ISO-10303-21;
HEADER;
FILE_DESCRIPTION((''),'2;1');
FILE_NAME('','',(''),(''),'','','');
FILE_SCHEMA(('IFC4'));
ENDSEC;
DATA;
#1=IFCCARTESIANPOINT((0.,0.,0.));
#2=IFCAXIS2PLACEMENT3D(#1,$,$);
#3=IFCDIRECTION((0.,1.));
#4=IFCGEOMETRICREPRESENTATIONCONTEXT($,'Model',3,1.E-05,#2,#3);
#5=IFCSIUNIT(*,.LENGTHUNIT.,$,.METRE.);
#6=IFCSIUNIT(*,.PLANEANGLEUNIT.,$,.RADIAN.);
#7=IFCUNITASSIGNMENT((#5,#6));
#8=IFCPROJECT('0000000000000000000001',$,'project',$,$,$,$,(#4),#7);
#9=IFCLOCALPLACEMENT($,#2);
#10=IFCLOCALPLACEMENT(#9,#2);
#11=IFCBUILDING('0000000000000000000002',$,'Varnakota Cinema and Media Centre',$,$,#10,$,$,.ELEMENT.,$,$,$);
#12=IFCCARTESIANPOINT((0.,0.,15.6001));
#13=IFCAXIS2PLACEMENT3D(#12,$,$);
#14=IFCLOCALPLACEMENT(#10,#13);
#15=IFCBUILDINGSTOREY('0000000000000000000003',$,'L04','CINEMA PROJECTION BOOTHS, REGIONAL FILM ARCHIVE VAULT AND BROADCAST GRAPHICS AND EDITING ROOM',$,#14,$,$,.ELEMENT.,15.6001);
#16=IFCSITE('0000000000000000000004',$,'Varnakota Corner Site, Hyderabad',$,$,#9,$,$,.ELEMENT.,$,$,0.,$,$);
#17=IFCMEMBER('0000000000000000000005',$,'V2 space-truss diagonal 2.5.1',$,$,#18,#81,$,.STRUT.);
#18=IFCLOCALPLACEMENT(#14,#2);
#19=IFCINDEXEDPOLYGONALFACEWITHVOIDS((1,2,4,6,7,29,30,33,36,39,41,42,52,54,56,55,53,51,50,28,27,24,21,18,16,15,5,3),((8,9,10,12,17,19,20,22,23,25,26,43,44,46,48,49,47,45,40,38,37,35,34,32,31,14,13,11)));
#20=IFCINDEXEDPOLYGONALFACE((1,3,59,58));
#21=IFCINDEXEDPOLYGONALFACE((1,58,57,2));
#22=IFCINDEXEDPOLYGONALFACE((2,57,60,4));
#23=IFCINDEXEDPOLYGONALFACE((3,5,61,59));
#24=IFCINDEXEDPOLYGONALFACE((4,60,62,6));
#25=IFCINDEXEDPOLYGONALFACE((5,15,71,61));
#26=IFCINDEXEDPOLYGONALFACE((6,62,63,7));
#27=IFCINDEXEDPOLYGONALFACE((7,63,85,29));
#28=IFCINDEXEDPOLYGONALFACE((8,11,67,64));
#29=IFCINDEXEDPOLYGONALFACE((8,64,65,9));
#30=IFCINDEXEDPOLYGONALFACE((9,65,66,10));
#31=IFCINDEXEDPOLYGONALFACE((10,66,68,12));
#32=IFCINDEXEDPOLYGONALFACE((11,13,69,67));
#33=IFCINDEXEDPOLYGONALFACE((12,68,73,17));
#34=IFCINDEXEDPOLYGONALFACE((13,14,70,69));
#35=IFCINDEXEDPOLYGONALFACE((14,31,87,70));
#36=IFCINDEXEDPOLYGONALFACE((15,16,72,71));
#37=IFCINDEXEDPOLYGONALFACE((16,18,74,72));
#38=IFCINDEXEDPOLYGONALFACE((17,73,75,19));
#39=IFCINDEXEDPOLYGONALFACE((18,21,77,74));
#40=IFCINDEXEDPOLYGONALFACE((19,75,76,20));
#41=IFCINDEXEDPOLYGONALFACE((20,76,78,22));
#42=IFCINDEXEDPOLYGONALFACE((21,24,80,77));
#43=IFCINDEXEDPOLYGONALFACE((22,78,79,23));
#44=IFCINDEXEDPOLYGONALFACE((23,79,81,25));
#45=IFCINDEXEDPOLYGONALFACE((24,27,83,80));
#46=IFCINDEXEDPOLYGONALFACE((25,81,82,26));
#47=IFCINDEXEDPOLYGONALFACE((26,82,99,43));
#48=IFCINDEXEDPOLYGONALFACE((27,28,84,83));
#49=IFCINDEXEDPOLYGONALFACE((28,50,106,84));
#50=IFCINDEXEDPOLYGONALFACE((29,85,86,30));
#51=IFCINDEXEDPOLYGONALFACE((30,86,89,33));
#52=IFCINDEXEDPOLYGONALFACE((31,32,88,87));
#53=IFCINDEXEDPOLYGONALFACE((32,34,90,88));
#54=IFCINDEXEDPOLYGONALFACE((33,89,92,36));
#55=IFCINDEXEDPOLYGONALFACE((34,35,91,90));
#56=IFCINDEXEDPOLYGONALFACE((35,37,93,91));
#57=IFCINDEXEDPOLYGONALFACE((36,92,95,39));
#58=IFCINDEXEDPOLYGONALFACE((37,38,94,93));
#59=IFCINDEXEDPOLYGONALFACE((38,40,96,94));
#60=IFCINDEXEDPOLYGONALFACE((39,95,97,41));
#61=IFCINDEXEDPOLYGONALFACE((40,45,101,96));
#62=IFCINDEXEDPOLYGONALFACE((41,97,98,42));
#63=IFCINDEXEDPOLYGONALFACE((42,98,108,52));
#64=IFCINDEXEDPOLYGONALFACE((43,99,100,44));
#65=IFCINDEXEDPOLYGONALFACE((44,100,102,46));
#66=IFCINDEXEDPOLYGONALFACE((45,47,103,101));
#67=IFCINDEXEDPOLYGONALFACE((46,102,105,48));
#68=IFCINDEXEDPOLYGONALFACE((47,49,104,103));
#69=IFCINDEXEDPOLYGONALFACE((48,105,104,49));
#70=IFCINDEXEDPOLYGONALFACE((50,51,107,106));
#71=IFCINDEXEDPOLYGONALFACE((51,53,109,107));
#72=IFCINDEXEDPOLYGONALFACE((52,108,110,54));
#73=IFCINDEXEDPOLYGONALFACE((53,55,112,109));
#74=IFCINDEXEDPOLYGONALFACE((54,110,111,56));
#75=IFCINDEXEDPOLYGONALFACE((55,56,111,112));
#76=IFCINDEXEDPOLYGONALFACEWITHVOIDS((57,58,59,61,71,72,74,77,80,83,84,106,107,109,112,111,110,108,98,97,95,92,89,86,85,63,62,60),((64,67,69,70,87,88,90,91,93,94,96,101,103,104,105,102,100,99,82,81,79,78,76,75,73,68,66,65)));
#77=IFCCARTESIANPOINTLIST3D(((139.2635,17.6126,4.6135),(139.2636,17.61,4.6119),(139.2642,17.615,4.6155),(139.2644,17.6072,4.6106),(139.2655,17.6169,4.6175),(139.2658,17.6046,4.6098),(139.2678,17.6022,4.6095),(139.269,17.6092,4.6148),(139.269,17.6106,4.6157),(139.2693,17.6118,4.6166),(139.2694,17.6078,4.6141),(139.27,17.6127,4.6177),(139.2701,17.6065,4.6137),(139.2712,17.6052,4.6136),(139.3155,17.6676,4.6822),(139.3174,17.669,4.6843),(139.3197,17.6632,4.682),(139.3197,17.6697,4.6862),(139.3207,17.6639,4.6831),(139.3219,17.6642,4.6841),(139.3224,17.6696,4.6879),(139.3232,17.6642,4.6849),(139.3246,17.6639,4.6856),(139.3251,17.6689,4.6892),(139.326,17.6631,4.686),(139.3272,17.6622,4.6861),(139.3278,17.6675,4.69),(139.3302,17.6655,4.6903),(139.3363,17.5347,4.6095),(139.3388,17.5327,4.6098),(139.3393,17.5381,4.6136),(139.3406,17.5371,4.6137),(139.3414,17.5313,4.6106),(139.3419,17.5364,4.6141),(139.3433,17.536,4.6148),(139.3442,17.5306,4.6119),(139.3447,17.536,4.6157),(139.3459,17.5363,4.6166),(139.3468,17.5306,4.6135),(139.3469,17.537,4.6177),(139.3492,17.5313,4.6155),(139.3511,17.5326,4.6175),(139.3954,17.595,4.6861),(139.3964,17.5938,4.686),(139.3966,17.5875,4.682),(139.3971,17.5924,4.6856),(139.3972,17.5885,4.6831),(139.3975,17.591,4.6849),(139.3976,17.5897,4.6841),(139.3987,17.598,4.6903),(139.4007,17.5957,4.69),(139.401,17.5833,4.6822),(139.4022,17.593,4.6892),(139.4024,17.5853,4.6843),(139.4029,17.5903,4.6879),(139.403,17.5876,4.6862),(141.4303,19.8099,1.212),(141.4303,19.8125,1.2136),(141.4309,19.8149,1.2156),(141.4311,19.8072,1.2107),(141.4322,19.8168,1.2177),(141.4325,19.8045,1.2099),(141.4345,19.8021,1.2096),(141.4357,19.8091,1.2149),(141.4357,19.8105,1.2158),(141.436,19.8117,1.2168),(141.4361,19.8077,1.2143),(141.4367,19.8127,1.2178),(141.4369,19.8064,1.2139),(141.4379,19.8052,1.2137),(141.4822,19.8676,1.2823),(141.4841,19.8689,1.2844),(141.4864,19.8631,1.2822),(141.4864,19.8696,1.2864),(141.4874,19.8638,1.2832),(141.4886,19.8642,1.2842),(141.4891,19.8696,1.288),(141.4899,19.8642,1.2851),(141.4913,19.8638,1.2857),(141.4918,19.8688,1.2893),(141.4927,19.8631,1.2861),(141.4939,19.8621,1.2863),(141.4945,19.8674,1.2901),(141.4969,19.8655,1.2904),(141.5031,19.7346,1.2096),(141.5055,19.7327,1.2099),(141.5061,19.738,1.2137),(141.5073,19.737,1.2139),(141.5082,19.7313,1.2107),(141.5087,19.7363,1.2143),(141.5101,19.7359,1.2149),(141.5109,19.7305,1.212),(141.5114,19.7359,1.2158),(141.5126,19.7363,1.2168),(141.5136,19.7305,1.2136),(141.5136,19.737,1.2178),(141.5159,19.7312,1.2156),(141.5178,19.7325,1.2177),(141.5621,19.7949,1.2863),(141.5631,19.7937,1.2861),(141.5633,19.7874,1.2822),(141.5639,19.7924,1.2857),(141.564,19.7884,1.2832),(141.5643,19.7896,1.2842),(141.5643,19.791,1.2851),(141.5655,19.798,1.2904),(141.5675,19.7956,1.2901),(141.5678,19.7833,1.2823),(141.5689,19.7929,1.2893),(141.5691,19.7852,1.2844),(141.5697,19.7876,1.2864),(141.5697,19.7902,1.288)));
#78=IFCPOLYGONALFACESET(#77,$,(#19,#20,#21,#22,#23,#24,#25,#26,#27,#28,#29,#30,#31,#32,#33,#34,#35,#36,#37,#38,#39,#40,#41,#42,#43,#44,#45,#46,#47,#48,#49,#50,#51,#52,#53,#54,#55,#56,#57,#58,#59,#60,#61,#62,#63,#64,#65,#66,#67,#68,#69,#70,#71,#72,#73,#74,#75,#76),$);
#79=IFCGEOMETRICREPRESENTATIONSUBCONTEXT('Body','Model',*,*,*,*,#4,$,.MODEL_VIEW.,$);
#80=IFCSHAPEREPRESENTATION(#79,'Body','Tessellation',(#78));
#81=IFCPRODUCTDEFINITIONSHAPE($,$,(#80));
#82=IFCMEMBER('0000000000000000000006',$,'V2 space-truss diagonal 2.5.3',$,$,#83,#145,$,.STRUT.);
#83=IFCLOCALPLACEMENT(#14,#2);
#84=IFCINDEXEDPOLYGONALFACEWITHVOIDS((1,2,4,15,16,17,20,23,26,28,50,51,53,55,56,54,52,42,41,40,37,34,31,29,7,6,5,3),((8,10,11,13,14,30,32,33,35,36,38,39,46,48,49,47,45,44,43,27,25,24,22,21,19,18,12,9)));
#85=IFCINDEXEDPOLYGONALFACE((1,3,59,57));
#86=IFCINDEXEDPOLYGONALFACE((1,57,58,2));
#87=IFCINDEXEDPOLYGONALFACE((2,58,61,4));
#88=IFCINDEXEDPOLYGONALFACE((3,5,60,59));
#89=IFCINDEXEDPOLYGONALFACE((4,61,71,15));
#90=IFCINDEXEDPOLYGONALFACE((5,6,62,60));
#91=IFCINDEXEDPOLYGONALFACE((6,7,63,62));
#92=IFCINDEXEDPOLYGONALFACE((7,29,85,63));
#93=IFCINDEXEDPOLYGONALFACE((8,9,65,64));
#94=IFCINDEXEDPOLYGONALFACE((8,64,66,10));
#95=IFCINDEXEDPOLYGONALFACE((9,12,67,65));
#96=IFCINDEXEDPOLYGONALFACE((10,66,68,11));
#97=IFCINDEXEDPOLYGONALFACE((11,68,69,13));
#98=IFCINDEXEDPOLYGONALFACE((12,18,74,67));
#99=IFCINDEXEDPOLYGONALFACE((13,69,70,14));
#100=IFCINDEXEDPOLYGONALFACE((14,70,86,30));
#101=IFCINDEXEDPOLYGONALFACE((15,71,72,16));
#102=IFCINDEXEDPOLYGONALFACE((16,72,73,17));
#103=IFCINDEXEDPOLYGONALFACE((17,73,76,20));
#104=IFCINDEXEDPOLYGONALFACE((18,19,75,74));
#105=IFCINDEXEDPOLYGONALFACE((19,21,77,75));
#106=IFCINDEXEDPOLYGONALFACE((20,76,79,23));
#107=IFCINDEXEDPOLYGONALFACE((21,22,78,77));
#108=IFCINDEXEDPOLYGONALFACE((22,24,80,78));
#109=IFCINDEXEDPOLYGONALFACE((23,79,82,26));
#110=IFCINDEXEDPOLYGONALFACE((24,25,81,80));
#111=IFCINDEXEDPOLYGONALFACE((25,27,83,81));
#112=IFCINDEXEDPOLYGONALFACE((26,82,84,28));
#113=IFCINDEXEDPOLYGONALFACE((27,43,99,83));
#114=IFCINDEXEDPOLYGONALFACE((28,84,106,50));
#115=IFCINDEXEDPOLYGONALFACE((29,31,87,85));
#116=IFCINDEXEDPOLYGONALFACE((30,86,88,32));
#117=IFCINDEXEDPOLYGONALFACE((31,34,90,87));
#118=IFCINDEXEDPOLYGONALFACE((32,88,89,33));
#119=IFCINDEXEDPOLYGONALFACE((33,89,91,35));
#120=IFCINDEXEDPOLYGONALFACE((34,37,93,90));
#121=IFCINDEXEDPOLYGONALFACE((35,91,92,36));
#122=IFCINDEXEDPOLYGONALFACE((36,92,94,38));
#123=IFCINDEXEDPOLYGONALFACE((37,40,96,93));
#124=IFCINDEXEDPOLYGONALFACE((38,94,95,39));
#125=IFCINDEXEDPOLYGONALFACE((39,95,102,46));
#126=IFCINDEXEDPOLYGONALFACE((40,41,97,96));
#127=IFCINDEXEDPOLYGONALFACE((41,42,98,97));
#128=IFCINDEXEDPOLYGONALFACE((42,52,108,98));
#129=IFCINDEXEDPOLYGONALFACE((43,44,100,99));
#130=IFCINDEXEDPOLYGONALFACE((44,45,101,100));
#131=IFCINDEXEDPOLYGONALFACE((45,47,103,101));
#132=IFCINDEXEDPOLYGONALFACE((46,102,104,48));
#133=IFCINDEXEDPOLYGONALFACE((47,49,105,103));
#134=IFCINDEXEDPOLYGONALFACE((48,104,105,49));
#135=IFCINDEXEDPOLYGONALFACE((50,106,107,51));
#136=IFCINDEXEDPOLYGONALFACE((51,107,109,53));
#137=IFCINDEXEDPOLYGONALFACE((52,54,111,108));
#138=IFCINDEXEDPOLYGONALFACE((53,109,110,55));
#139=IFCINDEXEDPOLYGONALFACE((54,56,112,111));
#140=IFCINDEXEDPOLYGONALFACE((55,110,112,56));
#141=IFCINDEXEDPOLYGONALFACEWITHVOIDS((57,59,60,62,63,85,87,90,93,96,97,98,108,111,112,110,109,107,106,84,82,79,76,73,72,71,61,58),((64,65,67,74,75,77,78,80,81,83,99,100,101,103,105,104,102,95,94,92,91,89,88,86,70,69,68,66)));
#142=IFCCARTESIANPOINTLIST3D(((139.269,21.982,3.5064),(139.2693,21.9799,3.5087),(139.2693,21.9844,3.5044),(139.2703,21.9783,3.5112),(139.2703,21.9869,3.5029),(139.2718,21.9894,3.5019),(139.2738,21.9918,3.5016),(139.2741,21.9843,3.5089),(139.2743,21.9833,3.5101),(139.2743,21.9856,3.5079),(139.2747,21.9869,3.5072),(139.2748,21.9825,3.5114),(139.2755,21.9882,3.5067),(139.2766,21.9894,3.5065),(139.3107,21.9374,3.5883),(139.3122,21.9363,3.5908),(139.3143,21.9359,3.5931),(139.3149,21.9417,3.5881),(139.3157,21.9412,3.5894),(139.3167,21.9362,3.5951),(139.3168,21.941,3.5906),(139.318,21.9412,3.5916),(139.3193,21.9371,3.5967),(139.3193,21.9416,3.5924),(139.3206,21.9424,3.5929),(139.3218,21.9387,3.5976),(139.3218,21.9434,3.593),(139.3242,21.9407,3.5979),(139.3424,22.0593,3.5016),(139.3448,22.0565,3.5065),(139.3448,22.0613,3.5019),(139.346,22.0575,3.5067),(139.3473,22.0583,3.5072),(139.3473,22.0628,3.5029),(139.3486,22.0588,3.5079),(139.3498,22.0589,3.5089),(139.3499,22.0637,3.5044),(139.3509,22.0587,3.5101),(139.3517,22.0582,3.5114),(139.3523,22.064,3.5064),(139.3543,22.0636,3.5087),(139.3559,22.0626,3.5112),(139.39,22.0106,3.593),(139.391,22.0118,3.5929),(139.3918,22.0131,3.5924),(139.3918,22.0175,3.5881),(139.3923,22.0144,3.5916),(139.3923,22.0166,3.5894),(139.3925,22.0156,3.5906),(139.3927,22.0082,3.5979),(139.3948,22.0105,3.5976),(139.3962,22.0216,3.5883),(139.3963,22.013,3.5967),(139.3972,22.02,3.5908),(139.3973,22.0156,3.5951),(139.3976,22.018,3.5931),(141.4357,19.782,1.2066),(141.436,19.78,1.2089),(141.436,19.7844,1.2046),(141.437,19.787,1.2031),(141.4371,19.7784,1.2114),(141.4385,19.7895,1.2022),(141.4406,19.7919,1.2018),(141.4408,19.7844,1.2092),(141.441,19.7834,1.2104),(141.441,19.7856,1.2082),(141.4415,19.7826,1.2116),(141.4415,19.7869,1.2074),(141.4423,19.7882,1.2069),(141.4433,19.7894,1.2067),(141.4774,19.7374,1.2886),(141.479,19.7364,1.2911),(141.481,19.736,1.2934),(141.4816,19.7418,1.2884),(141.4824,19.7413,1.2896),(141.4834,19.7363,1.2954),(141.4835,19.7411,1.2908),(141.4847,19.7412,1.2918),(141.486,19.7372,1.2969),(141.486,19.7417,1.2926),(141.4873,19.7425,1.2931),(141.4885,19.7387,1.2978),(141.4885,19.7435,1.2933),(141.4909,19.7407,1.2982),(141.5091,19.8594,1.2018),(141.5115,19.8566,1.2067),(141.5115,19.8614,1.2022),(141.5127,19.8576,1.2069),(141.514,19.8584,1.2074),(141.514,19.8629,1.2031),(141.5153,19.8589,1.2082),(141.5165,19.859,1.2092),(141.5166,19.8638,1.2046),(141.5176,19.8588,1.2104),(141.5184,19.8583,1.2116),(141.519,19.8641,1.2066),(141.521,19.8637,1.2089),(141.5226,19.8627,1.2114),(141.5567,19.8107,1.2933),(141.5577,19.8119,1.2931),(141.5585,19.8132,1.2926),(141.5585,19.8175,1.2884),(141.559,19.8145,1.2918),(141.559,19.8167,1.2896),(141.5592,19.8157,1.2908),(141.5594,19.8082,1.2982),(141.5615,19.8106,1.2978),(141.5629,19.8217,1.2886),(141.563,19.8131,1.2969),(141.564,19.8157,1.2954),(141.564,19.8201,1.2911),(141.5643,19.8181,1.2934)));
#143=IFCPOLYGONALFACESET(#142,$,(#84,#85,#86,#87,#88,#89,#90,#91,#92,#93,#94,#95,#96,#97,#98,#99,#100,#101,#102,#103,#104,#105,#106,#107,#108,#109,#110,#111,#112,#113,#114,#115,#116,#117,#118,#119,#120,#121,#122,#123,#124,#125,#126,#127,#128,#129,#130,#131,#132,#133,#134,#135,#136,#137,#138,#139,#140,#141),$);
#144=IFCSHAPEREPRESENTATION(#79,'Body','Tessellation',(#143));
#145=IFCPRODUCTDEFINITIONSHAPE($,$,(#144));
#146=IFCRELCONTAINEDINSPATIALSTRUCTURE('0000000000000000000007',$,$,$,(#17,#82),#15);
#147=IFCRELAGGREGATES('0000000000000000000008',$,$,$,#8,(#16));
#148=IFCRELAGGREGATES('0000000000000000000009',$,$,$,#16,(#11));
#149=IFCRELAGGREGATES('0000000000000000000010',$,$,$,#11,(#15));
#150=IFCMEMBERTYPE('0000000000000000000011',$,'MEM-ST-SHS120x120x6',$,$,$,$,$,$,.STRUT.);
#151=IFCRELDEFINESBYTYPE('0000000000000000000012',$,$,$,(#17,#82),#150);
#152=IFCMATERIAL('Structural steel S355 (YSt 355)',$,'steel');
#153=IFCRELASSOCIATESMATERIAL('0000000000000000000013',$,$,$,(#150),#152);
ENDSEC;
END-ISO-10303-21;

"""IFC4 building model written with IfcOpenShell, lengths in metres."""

from ifc_helpers import new_model, si_unit, direction, frame, origin, origin_2d, place, context, subcontext, project, spatial, hollow_rectangle, extrude, material, material_profile, profile_set, type_object, element, save


model = new_model("IFC4")

# Units and contexts
model_context = context("Model", 3, precision=1e-05, world=origin(), true_north=direction((0.0, 1.0)))
body_context = subcontext(model_context, "Body", "Model", "MODEL_VIEW")
ifc_project = project(units=[si_unit("LENGTHUNIT", "METRE"), si_unit("PLANEANGLEUNIT", "RADIAN")], contexts=[model_context])

# Site, building, storey
site_placement = place(None, origin())
site = spatial("IfcSite", under=ifc_project, at=site_placement, Name="Varnakota Corner Site, Hyderabad", CompositionType="ELEMENT", RefElevation=0.0)
building_placement = place(site_placement, origin())
building = spatial("IfcBuilding", under=site, at=building_placement, Name="Varnakota Cinema and Media Centre", CompositionType="ELEMENT")
storey_placement = place(building_placement, frame((0.0, 0.0, 15.6001)))
storey = spatial("IfcBuildingStorey", under=building, at=storey_placement, Name="L04", Description="CINEMA PROJECTION BOOTHS, REGIONAL FILM ARCHIVE VAULT AND BROADCAST GRAPHICS AND EDITING ROOM", CompositionType="ELEMENT", Elevation=15.6001)

# Members
ifc_material_1 = material(Name="Structural steel S355 (YSt 355)", Category="steel")
ifc_material_profile_1 = material_profile(ifc_material_1, hollow_rectangle(XDim=0.1201, YDim=0.1201, WallThickness=0.0061, InnerFilletRadius=0.0061, OuterFilletRadius=0.012, at=origin_2d()), Name="SHS 120x120x6")
ifc_profile_set_1 = profile_set([ifc_material_profile_1], Name="Structural steel S355 (YSt 355)")
member_type_1 = type_object("IfcMemberType", Name="MEM-ST-SHS120x120x6", PredefinedType="STRUT", material=ifc_profile_set_1)
member_1_placement = place(storey_placement, frame((141.5, 19.8, 1.25), z_axis=(-0.471769, -0.478999, 0.740266), x_axis=(0.712463, -0.70171, 0.0)))
element("IfcMember", 1, at=member_1_placement, inside=storey, type_object=member_type_1, Name="V2 space-truss diagonal 2.5.1", PredefinedType="STRUT", context=body_context, shape_type="SweptSolid", body=[
    extrude(hollow_rectangle(XDim=0.1201, YDim=0.1201, WallThickness=0.0061, InnerFilletRadius=0.0061, OuterFilletRadius=0.012, at=origin_2d()), origin(), (0.0, 0.0, 1.0), 4.5928),
])
member_2_placement = place(storey_placement, frame((141.5, 19.8, 1.25), z_axis=(-0.562769, 0.571393, 0.597328), x_axis=(-0.712463, -0.70171, 0.0)))
element("IfcMember", 2, at=member_2_placement, inside=storey, type_object=member_type_1, Name="V2 space-truss diagonal 2.5.3", PredefinedType="STRUT", context=body_context, shape_type="SweptSolid", body=[
    extrude(hollow_rectangle(XDim=0.1201, YDim=0.1201, WallThickness=0.0061, InnerFilletRadius=0.0061, OuterFilletRadius=0.012, at=origin_2d()), origin(), (0.0, 0.0, 1.0), 3.8501),
])

save(model, "model.ifc")
